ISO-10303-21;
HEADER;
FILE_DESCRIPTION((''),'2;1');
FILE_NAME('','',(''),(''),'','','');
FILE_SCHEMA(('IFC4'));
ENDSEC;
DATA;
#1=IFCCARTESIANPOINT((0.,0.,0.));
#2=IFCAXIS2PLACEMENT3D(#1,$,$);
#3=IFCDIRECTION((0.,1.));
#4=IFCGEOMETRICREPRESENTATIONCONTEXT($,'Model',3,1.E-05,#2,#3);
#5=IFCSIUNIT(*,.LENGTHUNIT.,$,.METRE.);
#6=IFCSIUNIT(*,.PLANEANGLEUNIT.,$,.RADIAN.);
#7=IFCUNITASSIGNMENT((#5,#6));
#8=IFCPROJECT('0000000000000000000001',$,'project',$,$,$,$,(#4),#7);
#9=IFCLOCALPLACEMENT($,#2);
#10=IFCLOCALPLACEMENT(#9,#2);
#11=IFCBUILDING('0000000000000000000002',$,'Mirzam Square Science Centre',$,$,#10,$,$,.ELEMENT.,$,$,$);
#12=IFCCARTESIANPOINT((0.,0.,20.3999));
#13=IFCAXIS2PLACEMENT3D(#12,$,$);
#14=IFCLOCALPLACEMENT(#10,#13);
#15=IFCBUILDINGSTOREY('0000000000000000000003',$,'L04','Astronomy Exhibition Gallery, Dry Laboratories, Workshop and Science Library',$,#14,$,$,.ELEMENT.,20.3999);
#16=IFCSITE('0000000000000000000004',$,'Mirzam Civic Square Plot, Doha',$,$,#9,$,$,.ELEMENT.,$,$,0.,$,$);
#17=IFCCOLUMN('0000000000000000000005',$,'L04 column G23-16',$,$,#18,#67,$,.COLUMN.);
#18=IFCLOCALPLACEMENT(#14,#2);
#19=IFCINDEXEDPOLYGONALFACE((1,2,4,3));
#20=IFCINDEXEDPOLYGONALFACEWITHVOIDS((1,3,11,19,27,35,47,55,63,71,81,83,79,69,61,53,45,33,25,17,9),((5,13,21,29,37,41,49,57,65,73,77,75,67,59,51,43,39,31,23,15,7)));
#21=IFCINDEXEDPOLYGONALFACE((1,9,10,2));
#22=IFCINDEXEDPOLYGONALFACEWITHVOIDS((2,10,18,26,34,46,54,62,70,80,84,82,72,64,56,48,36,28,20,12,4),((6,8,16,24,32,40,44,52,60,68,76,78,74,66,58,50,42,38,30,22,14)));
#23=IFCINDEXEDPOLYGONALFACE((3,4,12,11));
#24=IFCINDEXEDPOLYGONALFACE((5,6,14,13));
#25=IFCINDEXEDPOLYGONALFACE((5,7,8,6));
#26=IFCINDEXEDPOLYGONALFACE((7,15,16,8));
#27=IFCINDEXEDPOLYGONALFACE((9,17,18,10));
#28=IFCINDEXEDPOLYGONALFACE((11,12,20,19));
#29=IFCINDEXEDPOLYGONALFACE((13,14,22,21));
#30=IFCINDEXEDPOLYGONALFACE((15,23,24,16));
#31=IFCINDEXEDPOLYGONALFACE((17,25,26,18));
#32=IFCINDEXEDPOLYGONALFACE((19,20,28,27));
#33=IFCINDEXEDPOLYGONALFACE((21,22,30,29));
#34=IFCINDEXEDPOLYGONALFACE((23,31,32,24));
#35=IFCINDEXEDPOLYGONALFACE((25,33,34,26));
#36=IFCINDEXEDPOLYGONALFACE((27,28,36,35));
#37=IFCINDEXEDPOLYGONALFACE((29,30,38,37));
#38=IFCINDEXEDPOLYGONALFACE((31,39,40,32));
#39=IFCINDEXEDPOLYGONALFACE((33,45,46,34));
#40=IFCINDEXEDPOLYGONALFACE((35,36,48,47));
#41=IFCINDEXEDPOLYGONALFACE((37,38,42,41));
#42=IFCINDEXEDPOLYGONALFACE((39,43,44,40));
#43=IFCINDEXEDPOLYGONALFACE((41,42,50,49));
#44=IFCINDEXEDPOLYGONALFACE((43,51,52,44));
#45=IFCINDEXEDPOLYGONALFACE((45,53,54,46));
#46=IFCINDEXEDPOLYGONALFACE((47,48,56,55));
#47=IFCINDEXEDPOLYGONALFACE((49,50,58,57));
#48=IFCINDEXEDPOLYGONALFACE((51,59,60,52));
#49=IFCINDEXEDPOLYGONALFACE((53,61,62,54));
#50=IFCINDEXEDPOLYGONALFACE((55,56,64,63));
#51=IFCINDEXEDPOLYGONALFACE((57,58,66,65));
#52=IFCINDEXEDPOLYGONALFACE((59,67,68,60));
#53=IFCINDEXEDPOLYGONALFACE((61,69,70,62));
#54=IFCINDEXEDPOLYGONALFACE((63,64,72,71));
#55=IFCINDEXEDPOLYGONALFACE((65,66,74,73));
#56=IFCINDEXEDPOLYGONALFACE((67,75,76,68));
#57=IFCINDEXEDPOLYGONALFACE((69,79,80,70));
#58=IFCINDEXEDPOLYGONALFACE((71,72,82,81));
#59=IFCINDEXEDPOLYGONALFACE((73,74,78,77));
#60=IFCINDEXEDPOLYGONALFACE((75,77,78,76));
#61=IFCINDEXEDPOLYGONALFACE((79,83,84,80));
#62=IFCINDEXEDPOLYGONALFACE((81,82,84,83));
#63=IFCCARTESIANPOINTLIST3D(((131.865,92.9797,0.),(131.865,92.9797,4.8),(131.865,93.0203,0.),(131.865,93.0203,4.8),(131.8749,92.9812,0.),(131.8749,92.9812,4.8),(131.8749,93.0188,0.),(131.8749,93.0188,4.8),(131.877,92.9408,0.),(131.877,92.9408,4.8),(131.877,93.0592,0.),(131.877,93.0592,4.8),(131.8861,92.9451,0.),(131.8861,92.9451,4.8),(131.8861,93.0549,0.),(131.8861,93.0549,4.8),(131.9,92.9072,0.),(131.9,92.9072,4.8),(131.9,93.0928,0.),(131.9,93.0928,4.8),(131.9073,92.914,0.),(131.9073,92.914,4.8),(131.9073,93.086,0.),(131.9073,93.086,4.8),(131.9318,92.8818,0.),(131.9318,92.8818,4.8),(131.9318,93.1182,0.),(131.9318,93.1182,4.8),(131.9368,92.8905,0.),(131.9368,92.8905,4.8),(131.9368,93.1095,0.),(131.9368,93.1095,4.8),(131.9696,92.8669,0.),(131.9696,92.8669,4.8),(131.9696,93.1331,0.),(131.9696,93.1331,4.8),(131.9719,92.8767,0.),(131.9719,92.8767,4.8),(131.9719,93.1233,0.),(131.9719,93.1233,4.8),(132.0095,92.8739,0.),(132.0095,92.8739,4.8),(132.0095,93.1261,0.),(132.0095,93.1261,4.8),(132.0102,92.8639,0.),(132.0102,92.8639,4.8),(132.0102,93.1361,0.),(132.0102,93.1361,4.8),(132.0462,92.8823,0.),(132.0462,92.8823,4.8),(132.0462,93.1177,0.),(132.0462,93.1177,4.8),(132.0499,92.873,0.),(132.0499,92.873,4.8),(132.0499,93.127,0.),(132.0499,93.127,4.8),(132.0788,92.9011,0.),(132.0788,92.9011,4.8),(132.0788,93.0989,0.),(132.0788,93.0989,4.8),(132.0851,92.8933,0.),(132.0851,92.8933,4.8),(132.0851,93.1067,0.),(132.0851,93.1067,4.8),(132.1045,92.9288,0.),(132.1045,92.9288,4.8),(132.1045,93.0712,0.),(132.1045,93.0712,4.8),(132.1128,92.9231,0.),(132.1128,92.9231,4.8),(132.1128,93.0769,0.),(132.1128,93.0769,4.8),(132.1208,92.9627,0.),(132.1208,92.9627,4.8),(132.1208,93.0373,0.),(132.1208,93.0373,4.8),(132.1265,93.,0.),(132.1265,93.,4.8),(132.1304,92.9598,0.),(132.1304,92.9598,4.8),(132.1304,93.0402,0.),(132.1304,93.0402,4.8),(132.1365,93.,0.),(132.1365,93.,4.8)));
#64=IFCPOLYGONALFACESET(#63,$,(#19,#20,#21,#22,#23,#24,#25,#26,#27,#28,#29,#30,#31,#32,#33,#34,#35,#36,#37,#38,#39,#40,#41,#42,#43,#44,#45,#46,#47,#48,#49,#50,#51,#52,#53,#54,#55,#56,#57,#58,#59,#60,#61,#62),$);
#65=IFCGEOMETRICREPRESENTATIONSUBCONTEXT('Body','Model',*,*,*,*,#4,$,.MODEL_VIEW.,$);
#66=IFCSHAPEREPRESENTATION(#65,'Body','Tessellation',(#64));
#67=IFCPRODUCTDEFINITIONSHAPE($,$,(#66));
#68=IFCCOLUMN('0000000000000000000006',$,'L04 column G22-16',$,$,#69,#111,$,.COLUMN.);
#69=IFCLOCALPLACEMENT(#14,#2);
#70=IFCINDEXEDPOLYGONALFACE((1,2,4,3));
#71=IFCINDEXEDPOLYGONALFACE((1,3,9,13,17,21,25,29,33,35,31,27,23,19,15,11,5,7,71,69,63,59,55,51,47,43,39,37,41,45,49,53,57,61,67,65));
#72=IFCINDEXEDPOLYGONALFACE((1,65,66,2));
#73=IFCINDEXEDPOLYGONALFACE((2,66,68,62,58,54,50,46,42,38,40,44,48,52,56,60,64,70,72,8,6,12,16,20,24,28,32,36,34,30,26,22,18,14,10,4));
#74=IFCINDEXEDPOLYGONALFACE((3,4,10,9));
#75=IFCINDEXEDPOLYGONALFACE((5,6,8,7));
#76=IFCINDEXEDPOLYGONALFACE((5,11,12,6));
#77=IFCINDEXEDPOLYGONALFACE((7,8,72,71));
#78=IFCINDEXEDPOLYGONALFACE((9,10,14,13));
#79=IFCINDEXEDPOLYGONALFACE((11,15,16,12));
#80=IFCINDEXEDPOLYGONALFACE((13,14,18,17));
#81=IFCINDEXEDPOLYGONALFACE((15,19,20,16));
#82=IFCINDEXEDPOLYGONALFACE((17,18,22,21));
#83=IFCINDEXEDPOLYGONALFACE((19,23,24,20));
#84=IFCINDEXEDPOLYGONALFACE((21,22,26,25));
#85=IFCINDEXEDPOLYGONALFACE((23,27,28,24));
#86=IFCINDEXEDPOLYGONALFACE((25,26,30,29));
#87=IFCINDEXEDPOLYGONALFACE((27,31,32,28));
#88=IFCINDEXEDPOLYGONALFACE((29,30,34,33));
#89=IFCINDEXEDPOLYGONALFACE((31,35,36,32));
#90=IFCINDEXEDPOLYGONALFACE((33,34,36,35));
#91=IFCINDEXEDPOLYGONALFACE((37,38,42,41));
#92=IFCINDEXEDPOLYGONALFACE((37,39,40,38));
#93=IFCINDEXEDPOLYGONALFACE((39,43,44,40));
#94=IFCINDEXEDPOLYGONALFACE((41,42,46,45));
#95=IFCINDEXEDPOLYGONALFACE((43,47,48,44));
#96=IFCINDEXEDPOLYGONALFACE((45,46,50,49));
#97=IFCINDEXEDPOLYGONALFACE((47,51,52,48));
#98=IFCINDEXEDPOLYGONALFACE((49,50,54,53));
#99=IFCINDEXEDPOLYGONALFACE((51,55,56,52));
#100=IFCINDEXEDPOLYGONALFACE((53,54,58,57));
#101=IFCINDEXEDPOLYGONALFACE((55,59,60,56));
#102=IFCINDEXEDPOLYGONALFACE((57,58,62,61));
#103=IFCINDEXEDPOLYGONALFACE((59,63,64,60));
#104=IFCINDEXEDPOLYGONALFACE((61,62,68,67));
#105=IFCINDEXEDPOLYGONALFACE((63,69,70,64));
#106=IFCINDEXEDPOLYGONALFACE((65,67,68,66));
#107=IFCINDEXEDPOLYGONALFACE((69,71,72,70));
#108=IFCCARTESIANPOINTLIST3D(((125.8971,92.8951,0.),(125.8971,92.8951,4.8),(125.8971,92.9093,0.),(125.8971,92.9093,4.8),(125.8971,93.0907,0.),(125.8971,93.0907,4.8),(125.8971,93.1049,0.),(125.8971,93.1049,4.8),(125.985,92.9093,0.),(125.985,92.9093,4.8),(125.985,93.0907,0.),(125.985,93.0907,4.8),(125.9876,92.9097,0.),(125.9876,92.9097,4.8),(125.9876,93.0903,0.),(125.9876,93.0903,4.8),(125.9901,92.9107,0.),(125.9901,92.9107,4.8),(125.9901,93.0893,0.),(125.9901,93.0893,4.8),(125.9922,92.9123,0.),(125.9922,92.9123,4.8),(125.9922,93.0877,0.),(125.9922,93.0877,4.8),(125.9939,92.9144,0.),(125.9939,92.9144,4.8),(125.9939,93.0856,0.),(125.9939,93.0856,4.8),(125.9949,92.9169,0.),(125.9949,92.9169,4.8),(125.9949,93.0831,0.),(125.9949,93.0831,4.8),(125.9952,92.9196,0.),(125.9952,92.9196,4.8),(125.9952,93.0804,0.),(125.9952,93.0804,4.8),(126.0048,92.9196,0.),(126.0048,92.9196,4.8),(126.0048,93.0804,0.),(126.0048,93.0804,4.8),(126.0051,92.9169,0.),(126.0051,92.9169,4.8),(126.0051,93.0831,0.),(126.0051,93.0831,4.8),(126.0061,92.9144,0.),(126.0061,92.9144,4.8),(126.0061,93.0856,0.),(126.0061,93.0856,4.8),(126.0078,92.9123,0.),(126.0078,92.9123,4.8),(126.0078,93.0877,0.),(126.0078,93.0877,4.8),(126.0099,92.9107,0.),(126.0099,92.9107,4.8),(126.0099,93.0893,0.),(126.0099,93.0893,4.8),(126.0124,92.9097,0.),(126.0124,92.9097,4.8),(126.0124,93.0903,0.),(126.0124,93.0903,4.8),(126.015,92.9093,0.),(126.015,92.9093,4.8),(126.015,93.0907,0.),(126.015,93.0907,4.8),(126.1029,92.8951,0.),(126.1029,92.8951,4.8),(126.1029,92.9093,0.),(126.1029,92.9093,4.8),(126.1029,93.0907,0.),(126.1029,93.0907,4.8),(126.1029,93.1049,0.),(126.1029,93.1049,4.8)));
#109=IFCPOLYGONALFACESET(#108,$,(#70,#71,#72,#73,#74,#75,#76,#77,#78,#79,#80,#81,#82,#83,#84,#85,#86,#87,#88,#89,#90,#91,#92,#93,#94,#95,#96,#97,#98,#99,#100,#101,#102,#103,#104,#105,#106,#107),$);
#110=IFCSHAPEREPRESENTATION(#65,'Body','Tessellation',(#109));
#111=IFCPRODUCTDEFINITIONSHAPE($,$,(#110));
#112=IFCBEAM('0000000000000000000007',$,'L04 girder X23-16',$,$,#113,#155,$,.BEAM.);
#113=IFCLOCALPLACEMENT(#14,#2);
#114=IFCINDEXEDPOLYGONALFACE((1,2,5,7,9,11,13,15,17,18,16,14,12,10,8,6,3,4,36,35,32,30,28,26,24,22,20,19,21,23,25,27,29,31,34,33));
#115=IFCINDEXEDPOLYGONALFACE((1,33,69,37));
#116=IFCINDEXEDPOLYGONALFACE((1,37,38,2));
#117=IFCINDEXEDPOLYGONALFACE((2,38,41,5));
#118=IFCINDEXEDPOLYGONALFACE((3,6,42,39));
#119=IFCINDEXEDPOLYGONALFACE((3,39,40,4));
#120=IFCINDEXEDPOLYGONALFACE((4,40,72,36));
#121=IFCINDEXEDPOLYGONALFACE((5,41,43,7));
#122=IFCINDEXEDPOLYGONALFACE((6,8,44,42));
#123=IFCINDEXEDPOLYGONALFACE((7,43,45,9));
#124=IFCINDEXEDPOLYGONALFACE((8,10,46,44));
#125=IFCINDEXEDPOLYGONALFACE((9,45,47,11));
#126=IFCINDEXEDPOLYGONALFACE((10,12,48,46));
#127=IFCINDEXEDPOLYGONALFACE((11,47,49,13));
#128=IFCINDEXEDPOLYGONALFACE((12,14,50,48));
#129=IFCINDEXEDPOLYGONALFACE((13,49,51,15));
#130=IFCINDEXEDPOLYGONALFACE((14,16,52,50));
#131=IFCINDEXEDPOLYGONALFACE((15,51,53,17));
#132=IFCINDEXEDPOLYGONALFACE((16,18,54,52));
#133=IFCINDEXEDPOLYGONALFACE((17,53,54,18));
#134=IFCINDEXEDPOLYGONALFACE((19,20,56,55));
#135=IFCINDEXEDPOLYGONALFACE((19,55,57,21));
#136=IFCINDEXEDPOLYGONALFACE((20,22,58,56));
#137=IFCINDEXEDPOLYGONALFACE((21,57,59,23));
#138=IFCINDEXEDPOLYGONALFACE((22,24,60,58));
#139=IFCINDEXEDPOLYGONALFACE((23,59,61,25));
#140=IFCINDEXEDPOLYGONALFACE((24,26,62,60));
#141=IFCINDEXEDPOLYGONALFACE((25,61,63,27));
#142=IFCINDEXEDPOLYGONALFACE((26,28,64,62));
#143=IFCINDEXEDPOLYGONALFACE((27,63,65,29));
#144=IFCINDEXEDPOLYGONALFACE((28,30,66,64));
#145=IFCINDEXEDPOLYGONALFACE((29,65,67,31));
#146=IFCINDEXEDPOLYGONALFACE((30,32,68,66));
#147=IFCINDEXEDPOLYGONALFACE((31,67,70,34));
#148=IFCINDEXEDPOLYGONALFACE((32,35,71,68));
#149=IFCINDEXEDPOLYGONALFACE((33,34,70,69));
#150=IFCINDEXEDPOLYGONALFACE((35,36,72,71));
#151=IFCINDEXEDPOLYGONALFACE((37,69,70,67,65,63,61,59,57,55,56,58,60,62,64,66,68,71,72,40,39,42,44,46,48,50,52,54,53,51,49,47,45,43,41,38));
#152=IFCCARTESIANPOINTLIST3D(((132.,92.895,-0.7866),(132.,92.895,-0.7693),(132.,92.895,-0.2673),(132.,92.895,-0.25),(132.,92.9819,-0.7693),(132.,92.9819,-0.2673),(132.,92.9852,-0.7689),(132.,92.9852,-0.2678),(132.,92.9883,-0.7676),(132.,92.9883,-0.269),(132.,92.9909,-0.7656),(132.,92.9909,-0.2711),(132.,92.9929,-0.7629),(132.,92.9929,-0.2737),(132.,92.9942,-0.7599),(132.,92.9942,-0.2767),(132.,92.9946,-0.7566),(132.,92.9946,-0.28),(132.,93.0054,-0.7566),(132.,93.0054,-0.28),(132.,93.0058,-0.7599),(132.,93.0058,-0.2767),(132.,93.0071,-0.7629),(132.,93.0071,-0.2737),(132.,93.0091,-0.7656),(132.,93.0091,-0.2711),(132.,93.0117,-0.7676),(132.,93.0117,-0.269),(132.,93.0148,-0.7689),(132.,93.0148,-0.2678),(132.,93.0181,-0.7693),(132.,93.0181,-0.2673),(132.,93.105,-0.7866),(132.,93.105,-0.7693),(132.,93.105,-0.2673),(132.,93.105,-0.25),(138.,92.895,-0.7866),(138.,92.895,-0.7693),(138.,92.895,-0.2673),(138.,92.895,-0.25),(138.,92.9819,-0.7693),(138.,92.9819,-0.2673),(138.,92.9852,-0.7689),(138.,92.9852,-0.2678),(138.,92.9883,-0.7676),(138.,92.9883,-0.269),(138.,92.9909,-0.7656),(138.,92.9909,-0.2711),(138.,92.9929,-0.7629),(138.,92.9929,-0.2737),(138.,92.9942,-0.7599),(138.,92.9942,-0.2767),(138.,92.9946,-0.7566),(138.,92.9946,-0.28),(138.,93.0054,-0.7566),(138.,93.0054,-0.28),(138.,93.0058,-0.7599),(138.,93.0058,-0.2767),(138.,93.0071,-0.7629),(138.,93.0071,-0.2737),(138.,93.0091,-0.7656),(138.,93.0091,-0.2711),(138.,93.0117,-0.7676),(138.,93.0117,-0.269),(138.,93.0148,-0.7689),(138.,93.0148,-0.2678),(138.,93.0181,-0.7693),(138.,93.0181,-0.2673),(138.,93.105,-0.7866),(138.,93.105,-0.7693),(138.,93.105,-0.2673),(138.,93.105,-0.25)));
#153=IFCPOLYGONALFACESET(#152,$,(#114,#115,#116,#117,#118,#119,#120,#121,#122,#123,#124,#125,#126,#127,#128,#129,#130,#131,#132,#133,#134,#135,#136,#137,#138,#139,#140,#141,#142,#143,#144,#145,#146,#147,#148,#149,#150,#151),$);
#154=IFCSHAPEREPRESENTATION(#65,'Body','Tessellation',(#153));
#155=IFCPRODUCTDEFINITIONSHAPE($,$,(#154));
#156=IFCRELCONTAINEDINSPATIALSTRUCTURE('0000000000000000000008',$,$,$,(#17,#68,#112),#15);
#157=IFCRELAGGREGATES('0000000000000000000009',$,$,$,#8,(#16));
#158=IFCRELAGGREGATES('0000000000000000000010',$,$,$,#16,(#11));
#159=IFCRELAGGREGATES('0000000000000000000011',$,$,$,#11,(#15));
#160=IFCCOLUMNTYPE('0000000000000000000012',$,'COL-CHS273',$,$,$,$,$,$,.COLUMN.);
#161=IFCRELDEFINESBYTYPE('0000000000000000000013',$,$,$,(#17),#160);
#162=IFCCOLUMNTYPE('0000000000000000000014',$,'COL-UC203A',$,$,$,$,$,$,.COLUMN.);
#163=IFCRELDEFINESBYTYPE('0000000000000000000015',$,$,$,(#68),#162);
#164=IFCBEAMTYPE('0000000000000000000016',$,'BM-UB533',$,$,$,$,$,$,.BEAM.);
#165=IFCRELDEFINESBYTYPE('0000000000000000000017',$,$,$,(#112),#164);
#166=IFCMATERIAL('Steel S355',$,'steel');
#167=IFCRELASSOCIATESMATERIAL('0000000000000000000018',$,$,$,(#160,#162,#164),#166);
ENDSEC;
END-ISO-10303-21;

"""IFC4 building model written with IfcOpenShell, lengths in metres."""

from ifc_helpers import new_model, si_unit, direction, frame, origin, origin_2d, place, context, subcontext, project, spatial, hollow_circle, i_section, extrude, material, material_profile, profile_set, type_object, element, save


model = new_model("IFC4")

# Units and contexts
model_context = context("Model", 3, precision=1e-05, world=origin(), true_north=direction((0.0, 1.0)))
body_context = subcontext(model_context, "Body", "Model", "MODEL_VIEW")
ifc_project = project(units=[si_unit("LENGTHUNIT", "METRE"), si_unit("PLANEANGLEUNIT", "RADIAN")], contexts=[model_context])

# Site, building, storey
site_placement = place(None, origin())
site = spatial("IfcSite", under=ifc_project, at=site_placement, Name="Mirzam Civic Square Plot, Doha", CompositionType="ELEMENT", RefElevation=0.0)
building_placement = place(site_placement, origin())
building = spatial("IfcBuilding", under=site, at=building_placement, Name="Mirzam Square Science Centre", CompositionType="ELEMENT")
storey_placement = place(building_placement, frame((0.0, 0.0, 20.3999)))
storey = spatial("IfcBuildingStorey", under=building, at=storey_placement, Name="L04", Description="Astronomy Exhibition Gallery, Dry Laboratories, Workshop and Science Library", CompositionType="ELEMENT", Elevation=20.3999)

# Columns
ifc_material_1 = material(Name="Steel S355", Category="steel")
ifc_material_profile_1 = material_profile(ifc_material_1, hollow_circle(Radius=0.1365, WallThickness=0.01, at=origin_2d()), Name="273.0x10.0CHS")
ifc_profile_set_1 = profile_set([ifc_material_profile_1], Name="Steel S355")
column_type_1 = type_object("IfcColumnType", Name="COL-CHS273", PredefinedType="COLUMN", material=ifc_profile_set_1)
column_1_placement = place(storey_placement, frame((132.0, 93.0, 0.0), z_axis=(0.0, 0.0, 1.0), x_axis=(1.0, 0.0, 0.0)))
element("IfcColumn", 1, at=column_1_placement, inside=storey, type_object=column_type_1, Name="L04 column G23-16", PredefinedType="COLUMN", context=body_context, shape_type="SweptSolid", body=[
    extrude(hollow_circle(Radius=0.1365, WallThickness=0.01, at=origin_2d()), origin(), (0.0, 0.0, 1.0), 4.8),
])
ifc_material_profile_2 = material_profile(ifc_material_1, i_section(OverallWidth=0.2058, OverallDepth=0.2097, WebThickness=0.0095, FlangeThickness=0.0142, FilletRadius=0.0103, at=origin_2d()), Name="203x203x60UC")
ifc_profile_set_2 = profile_set([ifc_material_profile_2], Name="Steel S355")
column_type_2 = type_object("IfcColumnType", Name="COL-UC203A", PredefinedType="COLUMN", material=ifc_profile_set_2)
column_2_placement = place(storey_placement, frame((126.0, 93.0, 0.0), z_axis=(0.0, 0.0, 1.0), x_axis=(1.0, 0.0, 0.0)))
element("IfcColumn", 2, at=column_2_placement, inside=storey, type_object=column_type_2, Name="L04 column G22-16", PredefinedType="COLUMN", context=body_context, shape_type="SweptSolid", body=[
    extrude(i_section(OverallWidth=0.2058, OverallDepth=0.2097, WebThickness=0.0095, FlangeThickness=0.0142, FilletRadius=0.0103, at=origin_2d()), origin(), (0.0, 0.0, 1.0), 4.8),
])

# Beam
ifc_material_profile_3 = material_profile(ifc_material_1, i_section(OverallWidth=0.21, OverallDepth=0.5366, WebThickness=0.0107, FlangeThickness=0.0173, FilletRadius=0.0127, at=origin_2d()), Name="533x210x101UB")
ifc_profile_set_3 = profile_set([ifc_material_profile_3], Name="Steel S355")
beam_type_1 = type_object("IfcBeamType", Name="BM-UB533", PredefinedType="BEAM", material=ifc_profile_set_3)
beam_1_placement = place(storey_placement, frame((132.0, 93.0, -0.5183), z_axis=(1.0, 0.0, 0.0), x_axis=(0.0, 1.0, 0.0)))
element("IfcBeam", 3, at=beam_1_placement, inside=storey, type_object=beam_type_1, Name="L04 girder X23-16", PredefinedType="BEAM", context=body_context, shape_type="SweptSolid", body=[
    extrude(i_section(OverallWidth=0.21, OverallDepth=0.5366, WebThickness=0.0107, FlangeThickness=0.0173, FilletRadius=0.0127, at=origin_2d()), origin(), (0.0, 0.0, 1.0), 6.0),
])

save(model, "model.ifc")
